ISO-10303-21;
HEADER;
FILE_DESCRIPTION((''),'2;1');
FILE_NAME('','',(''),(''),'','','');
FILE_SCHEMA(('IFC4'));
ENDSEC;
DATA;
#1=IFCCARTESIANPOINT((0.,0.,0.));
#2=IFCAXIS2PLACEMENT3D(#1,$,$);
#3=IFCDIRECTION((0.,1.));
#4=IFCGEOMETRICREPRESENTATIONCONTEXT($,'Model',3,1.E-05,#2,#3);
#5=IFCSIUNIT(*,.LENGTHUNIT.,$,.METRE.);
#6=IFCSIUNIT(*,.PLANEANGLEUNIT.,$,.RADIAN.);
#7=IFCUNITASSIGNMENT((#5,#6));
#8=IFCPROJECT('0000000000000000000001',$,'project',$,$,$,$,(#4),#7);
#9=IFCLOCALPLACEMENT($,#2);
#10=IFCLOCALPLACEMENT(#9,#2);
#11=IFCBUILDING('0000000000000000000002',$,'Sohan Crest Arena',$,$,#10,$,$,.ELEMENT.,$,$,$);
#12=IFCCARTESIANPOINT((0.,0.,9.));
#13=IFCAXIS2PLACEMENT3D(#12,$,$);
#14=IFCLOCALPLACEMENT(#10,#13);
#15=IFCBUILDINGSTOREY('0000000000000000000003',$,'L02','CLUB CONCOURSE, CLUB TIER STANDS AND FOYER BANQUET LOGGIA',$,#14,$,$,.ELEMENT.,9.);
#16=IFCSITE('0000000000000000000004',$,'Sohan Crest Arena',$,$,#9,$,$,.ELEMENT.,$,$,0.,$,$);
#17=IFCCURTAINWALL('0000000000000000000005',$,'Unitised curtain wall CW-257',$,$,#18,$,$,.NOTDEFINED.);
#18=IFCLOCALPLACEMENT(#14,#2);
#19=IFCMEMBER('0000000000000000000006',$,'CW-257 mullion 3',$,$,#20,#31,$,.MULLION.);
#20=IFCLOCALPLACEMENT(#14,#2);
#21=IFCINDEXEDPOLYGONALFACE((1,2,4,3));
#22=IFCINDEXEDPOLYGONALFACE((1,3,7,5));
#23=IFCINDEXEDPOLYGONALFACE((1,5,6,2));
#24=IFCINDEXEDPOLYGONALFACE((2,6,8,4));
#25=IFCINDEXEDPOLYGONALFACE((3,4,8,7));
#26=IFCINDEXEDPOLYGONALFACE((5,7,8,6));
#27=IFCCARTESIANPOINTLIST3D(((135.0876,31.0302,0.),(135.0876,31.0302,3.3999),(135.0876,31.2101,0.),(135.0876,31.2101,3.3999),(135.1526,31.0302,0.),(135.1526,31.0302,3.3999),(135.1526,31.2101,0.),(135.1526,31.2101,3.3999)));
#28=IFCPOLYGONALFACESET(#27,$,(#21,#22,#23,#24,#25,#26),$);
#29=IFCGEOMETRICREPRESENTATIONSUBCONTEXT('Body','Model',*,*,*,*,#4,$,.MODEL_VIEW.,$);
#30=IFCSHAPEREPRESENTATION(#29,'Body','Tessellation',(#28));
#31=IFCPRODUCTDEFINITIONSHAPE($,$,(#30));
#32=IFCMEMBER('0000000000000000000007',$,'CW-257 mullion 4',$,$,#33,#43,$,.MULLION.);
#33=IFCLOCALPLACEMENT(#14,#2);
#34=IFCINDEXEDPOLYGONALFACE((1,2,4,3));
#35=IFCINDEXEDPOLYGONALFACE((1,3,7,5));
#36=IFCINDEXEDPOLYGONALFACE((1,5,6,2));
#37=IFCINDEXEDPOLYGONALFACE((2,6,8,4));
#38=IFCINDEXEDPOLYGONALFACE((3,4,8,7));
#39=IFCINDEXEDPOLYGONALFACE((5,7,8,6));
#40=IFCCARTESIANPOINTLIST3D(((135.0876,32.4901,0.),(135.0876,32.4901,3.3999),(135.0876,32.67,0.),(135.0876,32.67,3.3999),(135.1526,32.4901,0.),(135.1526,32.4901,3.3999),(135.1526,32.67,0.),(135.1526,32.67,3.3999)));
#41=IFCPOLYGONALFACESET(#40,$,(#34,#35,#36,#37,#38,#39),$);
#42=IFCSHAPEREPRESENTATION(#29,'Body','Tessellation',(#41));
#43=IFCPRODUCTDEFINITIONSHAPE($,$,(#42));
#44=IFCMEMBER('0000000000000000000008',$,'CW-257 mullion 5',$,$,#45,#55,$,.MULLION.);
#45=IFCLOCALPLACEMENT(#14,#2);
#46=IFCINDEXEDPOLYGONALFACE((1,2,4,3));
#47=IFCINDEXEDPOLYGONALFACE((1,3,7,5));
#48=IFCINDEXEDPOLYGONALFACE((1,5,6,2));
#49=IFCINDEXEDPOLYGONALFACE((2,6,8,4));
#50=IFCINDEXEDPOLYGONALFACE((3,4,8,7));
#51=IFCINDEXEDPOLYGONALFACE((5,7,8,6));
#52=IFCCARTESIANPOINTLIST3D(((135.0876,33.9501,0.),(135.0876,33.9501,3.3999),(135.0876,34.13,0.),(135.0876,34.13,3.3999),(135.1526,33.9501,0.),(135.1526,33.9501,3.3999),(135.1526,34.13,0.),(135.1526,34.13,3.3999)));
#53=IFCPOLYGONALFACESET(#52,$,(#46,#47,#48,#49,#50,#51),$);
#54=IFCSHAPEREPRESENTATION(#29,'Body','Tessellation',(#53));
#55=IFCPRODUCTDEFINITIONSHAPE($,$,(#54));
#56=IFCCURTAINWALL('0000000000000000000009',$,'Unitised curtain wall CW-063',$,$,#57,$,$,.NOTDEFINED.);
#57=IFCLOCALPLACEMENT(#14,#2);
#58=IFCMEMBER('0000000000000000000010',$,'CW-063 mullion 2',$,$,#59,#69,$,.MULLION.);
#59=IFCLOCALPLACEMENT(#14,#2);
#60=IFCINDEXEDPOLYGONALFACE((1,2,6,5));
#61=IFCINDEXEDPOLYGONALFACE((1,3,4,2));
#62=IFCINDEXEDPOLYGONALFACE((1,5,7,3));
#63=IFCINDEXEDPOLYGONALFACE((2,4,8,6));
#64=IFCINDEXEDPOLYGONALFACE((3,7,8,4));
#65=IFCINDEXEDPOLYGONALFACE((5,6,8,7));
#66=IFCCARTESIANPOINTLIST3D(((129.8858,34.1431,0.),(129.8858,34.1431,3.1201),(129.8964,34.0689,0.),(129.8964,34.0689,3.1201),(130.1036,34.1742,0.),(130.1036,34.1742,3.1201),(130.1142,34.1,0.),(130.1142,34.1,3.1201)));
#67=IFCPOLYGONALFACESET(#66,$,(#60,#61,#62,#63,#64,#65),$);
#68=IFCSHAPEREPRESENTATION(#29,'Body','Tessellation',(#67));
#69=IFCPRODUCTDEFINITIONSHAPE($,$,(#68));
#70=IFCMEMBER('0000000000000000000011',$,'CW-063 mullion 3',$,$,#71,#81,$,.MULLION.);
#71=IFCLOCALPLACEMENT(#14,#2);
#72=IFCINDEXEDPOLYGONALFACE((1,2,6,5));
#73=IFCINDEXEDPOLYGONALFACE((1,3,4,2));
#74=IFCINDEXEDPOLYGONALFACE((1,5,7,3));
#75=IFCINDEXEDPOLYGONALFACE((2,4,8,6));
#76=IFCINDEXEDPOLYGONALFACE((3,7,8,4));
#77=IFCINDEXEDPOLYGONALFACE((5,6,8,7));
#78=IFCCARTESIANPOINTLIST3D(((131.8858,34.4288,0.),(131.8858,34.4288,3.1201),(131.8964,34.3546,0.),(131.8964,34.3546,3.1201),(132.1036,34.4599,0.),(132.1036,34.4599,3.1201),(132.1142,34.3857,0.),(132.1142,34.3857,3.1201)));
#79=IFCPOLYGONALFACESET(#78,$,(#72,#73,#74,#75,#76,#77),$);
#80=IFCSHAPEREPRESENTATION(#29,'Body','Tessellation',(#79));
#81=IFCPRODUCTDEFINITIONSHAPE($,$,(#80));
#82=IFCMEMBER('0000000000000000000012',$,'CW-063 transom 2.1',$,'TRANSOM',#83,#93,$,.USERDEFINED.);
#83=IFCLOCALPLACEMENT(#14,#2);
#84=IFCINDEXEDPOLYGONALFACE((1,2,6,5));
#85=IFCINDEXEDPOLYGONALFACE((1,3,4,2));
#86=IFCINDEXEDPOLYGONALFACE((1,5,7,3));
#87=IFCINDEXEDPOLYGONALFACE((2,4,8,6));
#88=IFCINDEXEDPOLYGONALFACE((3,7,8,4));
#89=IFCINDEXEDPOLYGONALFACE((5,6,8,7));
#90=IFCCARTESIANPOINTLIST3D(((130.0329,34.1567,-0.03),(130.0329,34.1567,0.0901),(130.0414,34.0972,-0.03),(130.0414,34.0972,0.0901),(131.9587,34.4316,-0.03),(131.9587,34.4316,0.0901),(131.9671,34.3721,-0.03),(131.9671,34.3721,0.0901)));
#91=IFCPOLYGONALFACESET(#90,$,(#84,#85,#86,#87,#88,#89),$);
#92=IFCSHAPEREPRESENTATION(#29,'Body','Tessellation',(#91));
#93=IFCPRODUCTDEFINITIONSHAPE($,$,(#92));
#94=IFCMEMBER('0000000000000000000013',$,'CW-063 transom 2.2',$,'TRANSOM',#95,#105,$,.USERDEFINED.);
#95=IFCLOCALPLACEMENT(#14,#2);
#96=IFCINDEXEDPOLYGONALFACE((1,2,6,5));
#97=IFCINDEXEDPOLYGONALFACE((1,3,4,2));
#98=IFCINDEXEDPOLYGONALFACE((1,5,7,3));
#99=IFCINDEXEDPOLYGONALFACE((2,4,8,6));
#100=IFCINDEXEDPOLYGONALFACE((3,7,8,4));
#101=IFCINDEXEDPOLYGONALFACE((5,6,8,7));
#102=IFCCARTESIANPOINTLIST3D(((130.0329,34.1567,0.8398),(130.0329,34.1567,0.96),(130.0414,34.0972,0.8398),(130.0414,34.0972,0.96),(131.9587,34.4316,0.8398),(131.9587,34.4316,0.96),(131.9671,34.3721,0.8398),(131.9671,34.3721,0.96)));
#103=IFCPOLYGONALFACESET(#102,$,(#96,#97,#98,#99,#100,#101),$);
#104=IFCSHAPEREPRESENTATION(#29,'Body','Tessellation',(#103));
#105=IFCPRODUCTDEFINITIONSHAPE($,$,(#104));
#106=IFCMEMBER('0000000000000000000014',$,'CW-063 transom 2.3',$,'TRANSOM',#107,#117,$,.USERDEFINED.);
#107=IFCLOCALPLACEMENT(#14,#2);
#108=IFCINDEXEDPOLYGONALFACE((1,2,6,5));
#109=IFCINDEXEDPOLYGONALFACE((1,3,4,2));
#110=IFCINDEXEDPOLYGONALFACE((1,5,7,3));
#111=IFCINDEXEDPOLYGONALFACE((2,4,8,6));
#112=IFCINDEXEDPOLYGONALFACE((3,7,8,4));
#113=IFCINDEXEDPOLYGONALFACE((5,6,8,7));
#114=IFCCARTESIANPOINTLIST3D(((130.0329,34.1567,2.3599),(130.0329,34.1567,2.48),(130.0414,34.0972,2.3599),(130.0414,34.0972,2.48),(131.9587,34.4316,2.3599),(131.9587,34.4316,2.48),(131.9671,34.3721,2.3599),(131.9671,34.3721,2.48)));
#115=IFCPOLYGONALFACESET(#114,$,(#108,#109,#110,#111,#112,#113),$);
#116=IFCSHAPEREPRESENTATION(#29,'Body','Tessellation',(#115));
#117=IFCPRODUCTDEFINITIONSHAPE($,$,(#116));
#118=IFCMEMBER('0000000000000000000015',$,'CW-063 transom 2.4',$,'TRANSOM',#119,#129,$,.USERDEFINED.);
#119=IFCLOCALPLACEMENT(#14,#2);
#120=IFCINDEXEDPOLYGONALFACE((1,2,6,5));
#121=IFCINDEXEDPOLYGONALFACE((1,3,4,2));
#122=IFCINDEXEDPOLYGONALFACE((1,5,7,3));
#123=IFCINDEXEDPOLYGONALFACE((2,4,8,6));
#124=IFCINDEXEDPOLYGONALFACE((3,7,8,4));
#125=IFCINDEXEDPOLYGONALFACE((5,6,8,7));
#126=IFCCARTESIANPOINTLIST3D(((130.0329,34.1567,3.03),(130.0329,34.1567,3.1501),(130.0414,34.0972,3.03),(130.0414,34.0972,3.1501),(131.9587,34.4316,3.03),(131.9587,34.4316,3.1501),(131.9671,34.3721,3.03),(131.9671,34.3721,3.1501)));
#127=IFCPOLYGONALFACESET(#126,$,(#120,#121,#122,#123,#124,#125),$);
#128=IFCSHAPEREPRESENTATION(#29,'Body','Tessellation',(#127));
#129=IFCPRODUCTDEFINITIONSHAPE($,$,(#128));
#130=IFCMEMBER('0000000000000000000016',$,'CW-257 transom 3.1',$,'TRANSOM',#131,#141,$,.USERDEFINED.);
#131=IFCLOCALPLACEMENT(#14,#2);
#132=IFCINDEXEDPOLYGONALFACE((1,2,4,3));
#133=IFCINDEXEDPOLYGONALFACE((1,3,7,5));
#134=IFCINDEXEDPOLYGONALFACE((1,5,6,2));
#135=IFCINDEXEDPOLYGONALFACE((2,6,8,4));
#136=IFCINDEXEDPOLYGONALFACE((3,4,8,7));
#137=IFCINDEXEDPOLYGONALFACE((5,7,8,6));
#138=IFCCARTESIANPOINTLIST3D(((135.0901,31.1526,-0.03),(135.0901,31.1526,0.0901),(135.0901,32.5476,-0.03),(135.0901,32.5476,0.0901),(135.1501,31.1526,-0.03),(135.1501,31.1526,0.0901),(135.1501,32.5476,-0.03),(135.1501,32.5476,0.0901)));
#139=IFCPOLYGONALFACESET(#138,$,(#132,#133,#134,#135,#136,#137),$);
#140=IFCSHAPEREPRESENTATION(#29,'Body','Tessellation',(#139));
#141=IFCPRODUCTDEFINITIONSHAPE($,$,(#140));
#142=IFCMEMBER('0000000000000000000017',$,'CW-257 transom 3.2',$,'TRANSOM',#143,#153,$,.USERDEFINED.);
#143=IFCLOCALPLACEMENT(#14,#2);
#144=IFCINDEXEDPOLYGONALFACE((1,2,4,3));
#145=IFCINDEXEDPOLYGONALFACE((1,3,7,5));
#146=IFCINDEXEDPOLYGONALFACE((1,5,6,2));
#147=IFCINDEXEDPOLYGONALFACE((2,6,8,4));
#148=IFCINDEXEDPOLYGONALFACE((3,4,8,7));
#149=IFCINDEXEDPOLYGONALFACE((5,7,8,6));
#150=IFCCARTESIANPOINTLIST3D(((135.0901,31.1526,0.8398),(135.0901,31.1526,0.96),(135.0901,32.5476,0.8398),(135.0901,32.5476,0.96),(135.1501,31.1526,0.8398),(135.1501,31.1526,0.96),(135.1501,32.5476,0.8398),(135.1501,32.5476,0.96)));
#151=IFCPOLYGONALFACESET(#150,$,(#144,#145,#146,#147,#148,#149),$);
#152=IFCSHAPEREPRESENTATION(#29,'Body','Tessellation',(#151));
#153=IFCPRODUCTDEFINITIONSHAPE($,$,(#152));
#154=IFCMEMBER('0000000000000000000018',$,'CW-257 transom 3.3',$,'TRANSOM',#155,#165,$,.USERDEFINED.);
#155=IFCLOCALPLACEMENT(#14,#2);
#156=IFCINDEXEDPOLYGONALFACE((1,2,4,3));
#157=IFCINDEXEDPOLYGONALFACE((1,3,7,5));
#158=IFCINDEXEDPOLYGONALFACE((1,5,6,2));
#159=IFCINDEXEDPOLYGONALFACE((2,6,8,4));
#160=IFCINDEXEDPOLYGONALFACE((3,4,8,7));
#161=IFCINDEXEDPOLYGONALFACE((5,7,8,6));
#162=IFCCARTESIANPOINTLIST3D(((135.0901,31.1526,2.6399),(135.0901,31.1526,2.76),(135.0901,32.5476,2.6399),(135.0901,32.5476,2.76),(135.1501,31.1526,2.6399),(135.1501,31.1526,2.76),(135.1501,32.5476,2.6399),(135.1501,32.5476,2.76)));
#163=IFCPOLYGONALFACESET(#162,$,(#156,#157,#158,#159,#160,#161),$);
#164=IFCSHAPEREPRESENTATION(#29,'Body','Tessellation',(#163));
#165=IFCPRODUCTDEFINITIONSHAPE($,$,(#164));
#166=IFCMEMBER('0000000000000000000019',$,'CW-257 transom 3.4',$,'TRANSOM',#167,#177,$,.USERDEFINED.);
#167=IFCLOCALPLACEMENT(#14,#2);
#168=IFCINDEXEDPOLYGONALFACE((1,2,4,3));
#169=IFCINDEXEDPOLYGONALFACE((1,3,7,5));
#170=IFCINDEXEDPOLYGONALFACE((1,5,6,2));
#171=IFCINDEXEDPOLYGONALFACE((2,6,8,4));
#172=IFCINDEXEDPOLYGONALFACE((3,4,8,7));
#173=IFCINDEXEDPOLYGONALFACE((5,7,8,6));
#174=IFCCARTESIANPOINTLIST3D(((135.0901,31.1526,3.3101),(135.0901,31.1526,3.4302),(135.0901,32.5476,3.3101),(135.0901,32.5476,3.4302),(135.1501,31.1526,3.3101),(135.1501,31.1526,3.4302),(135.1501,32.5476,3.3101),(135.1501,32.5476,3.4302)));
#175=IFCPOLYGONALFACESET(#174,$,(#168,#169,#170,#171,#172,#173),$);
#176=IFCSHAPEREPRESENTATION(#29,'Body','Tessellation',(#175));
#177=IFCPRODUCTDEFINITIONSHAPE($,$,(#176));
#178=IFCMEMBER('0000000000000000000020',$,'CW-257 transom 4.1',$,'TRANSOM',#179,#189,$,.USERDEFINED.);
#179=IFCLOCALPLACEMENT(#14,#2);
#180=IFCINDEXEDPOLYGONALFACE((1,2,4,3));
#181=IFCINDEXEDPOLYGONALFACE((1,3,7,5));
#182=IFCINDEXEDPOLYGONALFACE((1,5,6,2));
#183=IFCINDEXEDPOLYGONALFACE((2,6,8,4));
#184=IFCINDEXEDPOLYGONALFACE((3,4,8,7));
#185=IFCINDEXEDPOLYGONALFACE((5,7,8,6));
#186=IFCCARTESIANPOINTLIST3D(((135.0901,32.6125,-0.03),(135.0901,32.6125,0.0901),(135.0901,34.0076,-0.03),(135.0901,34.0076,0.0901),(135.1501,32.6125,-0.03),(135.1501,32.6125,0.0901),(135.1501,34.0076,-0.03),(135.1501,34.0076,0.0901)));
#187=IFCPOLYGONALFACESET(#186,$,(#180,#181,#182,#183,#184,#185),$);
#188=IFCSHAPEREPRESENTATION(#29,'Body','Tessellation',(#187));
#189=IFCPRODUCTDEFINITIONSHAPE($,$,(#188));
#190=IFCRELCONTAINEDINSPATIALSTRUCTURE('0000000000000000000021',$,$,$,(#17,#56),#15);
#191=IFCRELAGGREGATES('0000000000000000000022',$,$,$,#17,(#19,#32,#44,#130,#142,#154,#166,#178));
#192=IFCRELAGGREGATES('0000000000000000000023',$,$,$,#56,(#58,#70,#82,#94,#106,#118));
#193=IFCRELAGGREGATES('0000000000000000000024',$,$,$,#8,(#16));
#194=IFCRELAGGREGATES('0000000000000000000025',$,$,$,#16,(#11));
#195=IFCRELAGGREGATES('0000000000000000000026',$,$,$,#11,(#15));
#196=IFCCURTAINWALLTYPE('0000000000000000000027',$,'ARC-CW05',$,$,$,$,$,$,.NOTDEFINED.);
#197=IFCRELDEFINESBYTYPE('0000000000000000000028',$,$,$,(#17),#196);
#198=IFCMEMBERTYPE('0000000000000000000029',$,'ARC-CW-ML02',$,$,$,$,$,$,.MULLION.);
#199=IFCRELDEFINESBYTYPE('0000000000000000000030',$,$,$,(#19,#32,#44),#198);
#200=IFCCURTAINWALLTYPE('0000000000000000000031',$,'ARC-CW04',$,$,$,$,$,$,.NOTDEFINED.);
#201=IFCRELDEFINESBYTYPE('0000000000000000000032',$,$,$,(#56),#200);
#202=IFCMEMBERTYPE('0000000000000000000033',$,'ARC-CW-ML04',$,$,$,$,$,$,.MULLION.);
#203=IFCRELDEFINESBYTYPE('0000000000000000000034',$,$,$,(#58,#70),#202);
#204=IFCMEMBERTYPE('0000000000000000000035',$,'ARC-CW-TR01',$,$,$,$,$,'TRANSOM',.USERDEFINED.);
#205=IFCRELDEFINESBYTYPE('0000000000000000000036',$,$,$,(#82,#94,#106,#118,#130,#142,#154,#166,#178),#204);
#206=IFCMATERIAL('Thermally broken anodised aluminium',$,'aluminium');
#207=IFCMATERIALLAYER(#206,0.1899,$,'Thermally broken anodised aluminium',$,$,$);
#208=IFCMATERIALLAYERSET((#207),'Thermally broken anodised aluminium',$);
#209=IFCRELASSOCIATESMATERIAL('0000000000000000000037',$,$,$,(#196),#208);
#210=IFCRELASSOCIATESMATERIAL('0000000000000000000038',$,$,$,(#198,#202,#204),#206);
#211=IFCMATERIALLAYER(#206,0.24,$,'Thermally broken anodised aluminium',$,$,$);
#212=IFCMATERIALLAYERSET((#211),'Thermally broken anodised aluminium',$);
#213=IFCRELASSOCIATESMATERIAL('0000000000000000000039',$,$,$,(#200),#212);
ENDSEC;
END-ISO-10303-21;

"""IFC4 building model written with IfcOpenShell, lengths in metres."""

from ifc_helpers import new_model, si_unit, direction, frame, origin, origin_2d, place, context, subcontext, project, spatial, rectangle, extrude, material, layer, layer_set, material_profile, profile_set, type_object, element, aggregate, save


model = new_model("IFC4")

# Units and contexts
model_context = context("Model", 3, precision=1e-05, world=origin(), true_north=direction((0.0, 1.0)))
body_context = subcontext(model_context, "Body", "Model", "MODEL_VIEW")
ifc_project = project(units=[si_unit("LENGTHUNIT", "METRE"), si_unit("PLANEANGLEUNIT", "RADIAN")], contexts=[model_context])

# Site, building, storey
site_placement = place(None, origin())
site = spatial("IfcSite", under=ifc_project, at=site_placement, Name="Sohan Crest Arena", CompositionType="ELEMENT", RefElevation=0.0)
building_placement = place(site_placement, origin())
building = spatial("IfcBuilding", under=site, at=building_placement, Name="Sohan Crest Arena", CompositionType="ELEMENT")
storey_placement = place(building_placement, frame((0.0, 0.0, 9.0)))
storey = spatial("IfcBuildingStorey", under=building, at=storey_placement, Name="L02", Description="CLUB CONCOURSE, CLUB TIER STANDS AND FOYER BANQUET LOGGIA", CompositionType="ELEMENT", Elevation=9.0)

# Curtain walls, members
ifc_material_1 = material(Name="Thermally broken anodised aluminium", Category="aluminium")
ifc_layer_1 = layer(ifc_material_1, 0.1899, Name="Thermally broken anodised aluminium")
ifc_layer_set_1 = layer_set([ifc_layer_1], Name="Thermally broken anodised aluminium")
curtain_wall_type_1 = type_object("IfcCurtainWallType", Name="ARC-CW05", PredefinedType="NOTDEFINED", material=ifc_layer_set_1)
curtain_wall_1_placement = place(storey_placement, origin())
curtain_wall_1 = element("IfcCurtainWall", 1, at=curtain_wall_1_placement, inside=storey, type_object=curtain_wall_type_1, Name="Unitised curtain wall CW-257", PredefinedType="NOTDEFINED")
ifc_material_profile_1 = material_profile(ifc_material_1, rectangle(XDim=0.0649, YDim=0.1799, at=origin_2d()), Name="ALU-MULL 65x180")
ifc_profile_set_1 = profile_set([ifc_material_profile_1], Name="Thermally broken anodised aluminium")
member_type_1 = type_object("IfcMemberType", Name="ARC-CW-ML02", PredefinedType="MULLION", material=ifc_profile_set_1)
member_1_placement = place(storey_placement, frame((135.1201, 31.1201, 0.0), z_axis=(0.0, 0.0, 1.0), x_axis=(-1.0, 0.0, 0.0)))
member_1 = element("IfcMember", 2, at=member_1_placement, type_object=member_type_1, Name="CW-257 mullion 3", PredefinedType="MULLION", context=body_context, shape_type="SweptSolid", body=[
    extrude(rectangle(XDim=0.0649, YDim=0.1799, at=origin_2d()), origin(), (0.0, 0.0, 1.0), 3.3999),
])
member_2_placement = place(storey_placement, frame((135.1201, 32.5801, 0.0), z_axis=(0.0, 0.0, 1.0), x_axis=(-1.0, 0.0, 0.0)))
member_2 = element("IfcMember", 3, at=member_2_placement, type_object=member_type_1, Name="CW-257 mullion 4", PredefinedType="MULLION", context=body_context, shape_type="SweptSolid", body=[
    extrude(rectangle(XDim=0.0649, YDim=0.1799, at=origin_2d()), origin(), (0.0, 0.0, 1.0), 3.3999),
])
member_3_placement = place(storey_placement, frame((135.1201, 34.04, 0.0), z_axis=(0.0, 0.0, 1.0), x_axis=(-1.0, 0.0, 0.0)))
member_3 = element("IfcMember", 4, at=member_3_placement, type_object=member_type_1, Name="CW-257 mullion 5", PredefinedType="MULLION", context=body_context, shape_type="SweptSolid", body=[
    extrude(rectangle(XDim=0.0649, YDim=0.1799, at=origin_2d()), origin(), (0.0, 0.0, 1.0), 3.3999),
])
ifc_layer_2 = layer(ifc_material_1, 0.24, Name="Thermally broken anodised aluminium")
ifc_layer_set_2 = layer_set([ifc_layer_2], Name="Thermally broken anodised aluminium")
curtain_wall_type_2 = type_object("IfcCurtainWallType", Name="ARC-CW04", PredefinedType="NOTDEFINED", material=ifc_layer_set_2)
curtain_wall_2_placement = place(storey_placement, origin())
curtain_wall_2 = element("IfcCurtainWall", 5, at=curtain_wall_2_placement, inside=storey, type_object=curtain_wall_type_2, Name="Unitised curtain wall CW-063", PredefinedType="NOTDEFINED")
ifc_material_profile_2 = material_profile(ifc_material_1, rectangle(XDim=0.075, YDim=0.22, at=origin_2d()), Name="ALU-MULL 75x220")
ifc_profile_set_2 = profile_set([ifc_material_profile_2], Name="Thermally broken anodised aluminium")
member_type_2 = type_object("IfcMemberType", Name="ARC-CW-ML04", PredefinedType="MULLION", material=ifc_profile_set_2)
member_4_placement = place(storey_placement, frame((130.0, 34.1216, 0.0), z_axis=(0.0, 0.0, 1.0), x_axis=(-0.141366, 0.989957, 0.0)))
member_4 = element("IfcMember", 6, at=member_4_placement, type_object=member_type_2, Name="CW-063 mullion 2", PredefinedType="MULLION", context=body_context, shape_type="SweptSolid", body=[
    extrude(rectangle(XDim=0.075, YDim=0.22, at=origin_2d()), origin(), (0.0, 0.0, 1.0), 3.1201),
])
member_5_placement = place(storey_placement, frame((132.0, 34.4072, 0.0), z_axis=(0.0, 0.0, 1.0), x_axis=(-0.141366, 0.989957, 0.0)))
member_5 = element("IfcMember", 7, at=member_5_placement, type_object=member_type_2, Name="CW-063 mullion 3", PredefinedType="MULLION", context=body_context, shape_type="SweptSolid", body=[
    extrude(rectangle(XDim=0.075, YDim=0.22, at=origin_2d()), origin(), (0.0, 0.0, 1.0), 3.1201),
])
ifc_material_profile_3 = material_profile(ifc_material_1, rectangle(XDim=0.0601, YDim=0.1201, at=origin_2d()), Name="ALU-TRAN 60x120")
ifc_profile_set_3 = profile_set([ifc_material_profile_3], Name="Thermally broken anodised aluminium")
member_type_3 = type_object("IfcMemberType", Name="ARC-CW-TR01", ElementType="TRANSOM", PredefinedType="USERDEFINED", material=ifc_profile_set_3)
member_6_placement = place(storey_placement, frame((130.0371, 34.127, 0.03), z_axis=(0.989965, 0.141316, 0.0), x_axis=(-0.141316, 0.989965, 0.0)))
member_6 = element("IfcMember", 8, at=member_6_placement, type_object=member_type_3, Name="CW-063 transom 2.1", ObjectType="TRANSOM", PredefinedType="USERDEFINED", context=body_context, shape_type="SweptSolid", body=[
    extrude(rectangle(XDim=0.0601, YDim=0.1201, at=origin_2d()), origin(), (0.0, 0.0, 1.0), 1.9453),
])
member_7_placement = place(storey_placement, frame((130.0371, 34.127, 0.8999), z_axis=(0.989965, 0.141316, 0.0), x_axis=(-0.141316, 0.989965, 0.0)))
member_7 = element("IfcMember", 9, at=member_7_placement, type_object=member_type_3, Name="CW-063 transom 2.2", ObjectType="TRANSOM", PredefinedType="USERDEFINED", context=body_context, shape_type="SweptSolid", body=[
    extrude(rectangle(XDim=0.0601, YDim=0.1201, at=origin_2d()), origin(), (0.0, 0.0, 1.0), 1.9453),
])
member_8_placement = place(storey_placement, frame((130.0371, 34.127, 2.4199), z_axis=(0.989965, 0.141316, 0.0), x_axis=(-0.141316, 0.989965, 0.0)))
member_8 = element("IfcMember", 10, at=member_8_placement, type_object=member_type_3, Name="CW-063 transom 2.3", ObjectType="TRANSOM", PredefinedType="USERDEFINED", context=body_context, shape_type="SweptSolid", body=[
    extrude(rectangle(XDim=0.0601, YDim=0.1201, at=origin_2d()), origin(), (0.0, 0.0, 1.0), 1.9453),
])
member_9_placement = place(storey_placement, frame((130.0371, 34.127, 3.0901), z_axis=(0.989965, 0.141316, 0.0), x_axis=(-0.141316, 0.989965, 0.0)))
member_9 = element("IfcMember", 11, at=member_9_placement, type_object=member_type_3, Name="CW-063 transom 2.4", ObjectType="TRANSOM", PredefinedType="USERDEFINED", context=body_context, shape_type="SweptSolid", body=[
    extrude(rectangle(XDim=0.0601, YDim=0.1201, at=origin_2d()), origin(), (0.0, 0.0, 1.0), 1.9453),
])

# Members
member_10_placement = place(storey_placement, frame((135.1201, 31.1526, 0.03), z_axis=(0.0, 1.0, 0.0), x_axis=(-1.0, 0.0, 0.0)))
member_10 = element("IfcMember", 12, at=member_10_placement, type_object=member_type_3, Name="CW-257 transom 3.1", ObjectType="TRANSOM", PredefinedType="USERDEFINED", context=body_context, shape_type="SweptSolid", body=[
    extrude(rectangle(XDim=0.0601, YDim=0.1201, at=origin_2d()), origin(), (0.0, 0.0, 1.0), 1.395),
])
member_11_placement = place(storey_placement, frame((135.1201, 31.1526, 0.8999), z_axis=(0.0, 1.0, 0.0), x_axis=(-1.0, 0.0, 0.0)))
member_11 = element("IfcMember", 13, at=member_11_placement, type_object=member_type_3, Name="CW-257 transom 3.2", ObjectType="TRANSOM", PredefinedType="USERDEFINED", context=body_context, shape_type="SweptSolid", body=[
    extrude(rectangle(XDim=0.0601, YDim=0.1201, at=origin_2d()), origin(), (0.0, 0.0, 1.0), 1.395),
])
member_12_placement = place(storey_placement, frame((135.1201, 31.1526, 2.7), z_axis=(0.0, 1.0, 0.0), x_axis=(-1.0, 0.0, 0.0)))
member_12 = element("IfcMember", 14, at=member_12_placement, type_object=member_type_3, Name="CW-257 transom 3.3", ObjectType="TRANSOM", PredefinedType="USERDEFINED", context=body_context, shape_type="SweptSolid", body=[
    extrude(rectangle(XDim=0.0601, YDim=0.1201, at=origin_2d()), origin(), (0.0, 0.0, 1.0), 1.395),
])
member_13_placement = place(storey_placement, frame((135.1201, 31.1526, 3.3701), z_axis=(0.0, 1.0, 0.0), x_axis=(-1.0, 0.0, 0.0)))
member_13 = element("IfcMember", 15, at=member_13_placement, type_object=member_type_3, Name="CW-257 transom 3.4", ObjectType="TRANSOM", PredefinedType="USERDEFINED", context=body_context, shape_type="SweptSolid", body=[
    extrude(rectangle(XDim=0.0601, YDim=0.1201, at=origin_2d()), origin(), (0.0, 0.0, 1.0), 1.395),
])
member_14_placement = place(storey_placement, frame((135.1201, 32.6125, 0.03), z_axis=(0.0, 1.0, 0.0), x_axis=(-1.0, 0.0, 0.0)))
member_14 = element("IfcMember", 16, at=member_14_placement, type_object=member_type_3, Name="CW-257 transom 4.1", ObjectType="TRANSOM", PredefinedType="USERDEFINED", context=body_context, shape_type="SweptSolid", body=[
    extrude(rectangle(XDim=0.0601, YDim=0.1201, at=origin_2d()), origin(), (0.0, 0.0, 1.0), 1.395),
])

aggregate(curtain_wall_1, [member_1, member_2, member_3, member_10, member_11, member_12, member_13, member_14])
aggregate(curtain_wall_2, [member_4, member_5, member_6, member_7, member_8, member_9])

save(model, "model.ifc")
